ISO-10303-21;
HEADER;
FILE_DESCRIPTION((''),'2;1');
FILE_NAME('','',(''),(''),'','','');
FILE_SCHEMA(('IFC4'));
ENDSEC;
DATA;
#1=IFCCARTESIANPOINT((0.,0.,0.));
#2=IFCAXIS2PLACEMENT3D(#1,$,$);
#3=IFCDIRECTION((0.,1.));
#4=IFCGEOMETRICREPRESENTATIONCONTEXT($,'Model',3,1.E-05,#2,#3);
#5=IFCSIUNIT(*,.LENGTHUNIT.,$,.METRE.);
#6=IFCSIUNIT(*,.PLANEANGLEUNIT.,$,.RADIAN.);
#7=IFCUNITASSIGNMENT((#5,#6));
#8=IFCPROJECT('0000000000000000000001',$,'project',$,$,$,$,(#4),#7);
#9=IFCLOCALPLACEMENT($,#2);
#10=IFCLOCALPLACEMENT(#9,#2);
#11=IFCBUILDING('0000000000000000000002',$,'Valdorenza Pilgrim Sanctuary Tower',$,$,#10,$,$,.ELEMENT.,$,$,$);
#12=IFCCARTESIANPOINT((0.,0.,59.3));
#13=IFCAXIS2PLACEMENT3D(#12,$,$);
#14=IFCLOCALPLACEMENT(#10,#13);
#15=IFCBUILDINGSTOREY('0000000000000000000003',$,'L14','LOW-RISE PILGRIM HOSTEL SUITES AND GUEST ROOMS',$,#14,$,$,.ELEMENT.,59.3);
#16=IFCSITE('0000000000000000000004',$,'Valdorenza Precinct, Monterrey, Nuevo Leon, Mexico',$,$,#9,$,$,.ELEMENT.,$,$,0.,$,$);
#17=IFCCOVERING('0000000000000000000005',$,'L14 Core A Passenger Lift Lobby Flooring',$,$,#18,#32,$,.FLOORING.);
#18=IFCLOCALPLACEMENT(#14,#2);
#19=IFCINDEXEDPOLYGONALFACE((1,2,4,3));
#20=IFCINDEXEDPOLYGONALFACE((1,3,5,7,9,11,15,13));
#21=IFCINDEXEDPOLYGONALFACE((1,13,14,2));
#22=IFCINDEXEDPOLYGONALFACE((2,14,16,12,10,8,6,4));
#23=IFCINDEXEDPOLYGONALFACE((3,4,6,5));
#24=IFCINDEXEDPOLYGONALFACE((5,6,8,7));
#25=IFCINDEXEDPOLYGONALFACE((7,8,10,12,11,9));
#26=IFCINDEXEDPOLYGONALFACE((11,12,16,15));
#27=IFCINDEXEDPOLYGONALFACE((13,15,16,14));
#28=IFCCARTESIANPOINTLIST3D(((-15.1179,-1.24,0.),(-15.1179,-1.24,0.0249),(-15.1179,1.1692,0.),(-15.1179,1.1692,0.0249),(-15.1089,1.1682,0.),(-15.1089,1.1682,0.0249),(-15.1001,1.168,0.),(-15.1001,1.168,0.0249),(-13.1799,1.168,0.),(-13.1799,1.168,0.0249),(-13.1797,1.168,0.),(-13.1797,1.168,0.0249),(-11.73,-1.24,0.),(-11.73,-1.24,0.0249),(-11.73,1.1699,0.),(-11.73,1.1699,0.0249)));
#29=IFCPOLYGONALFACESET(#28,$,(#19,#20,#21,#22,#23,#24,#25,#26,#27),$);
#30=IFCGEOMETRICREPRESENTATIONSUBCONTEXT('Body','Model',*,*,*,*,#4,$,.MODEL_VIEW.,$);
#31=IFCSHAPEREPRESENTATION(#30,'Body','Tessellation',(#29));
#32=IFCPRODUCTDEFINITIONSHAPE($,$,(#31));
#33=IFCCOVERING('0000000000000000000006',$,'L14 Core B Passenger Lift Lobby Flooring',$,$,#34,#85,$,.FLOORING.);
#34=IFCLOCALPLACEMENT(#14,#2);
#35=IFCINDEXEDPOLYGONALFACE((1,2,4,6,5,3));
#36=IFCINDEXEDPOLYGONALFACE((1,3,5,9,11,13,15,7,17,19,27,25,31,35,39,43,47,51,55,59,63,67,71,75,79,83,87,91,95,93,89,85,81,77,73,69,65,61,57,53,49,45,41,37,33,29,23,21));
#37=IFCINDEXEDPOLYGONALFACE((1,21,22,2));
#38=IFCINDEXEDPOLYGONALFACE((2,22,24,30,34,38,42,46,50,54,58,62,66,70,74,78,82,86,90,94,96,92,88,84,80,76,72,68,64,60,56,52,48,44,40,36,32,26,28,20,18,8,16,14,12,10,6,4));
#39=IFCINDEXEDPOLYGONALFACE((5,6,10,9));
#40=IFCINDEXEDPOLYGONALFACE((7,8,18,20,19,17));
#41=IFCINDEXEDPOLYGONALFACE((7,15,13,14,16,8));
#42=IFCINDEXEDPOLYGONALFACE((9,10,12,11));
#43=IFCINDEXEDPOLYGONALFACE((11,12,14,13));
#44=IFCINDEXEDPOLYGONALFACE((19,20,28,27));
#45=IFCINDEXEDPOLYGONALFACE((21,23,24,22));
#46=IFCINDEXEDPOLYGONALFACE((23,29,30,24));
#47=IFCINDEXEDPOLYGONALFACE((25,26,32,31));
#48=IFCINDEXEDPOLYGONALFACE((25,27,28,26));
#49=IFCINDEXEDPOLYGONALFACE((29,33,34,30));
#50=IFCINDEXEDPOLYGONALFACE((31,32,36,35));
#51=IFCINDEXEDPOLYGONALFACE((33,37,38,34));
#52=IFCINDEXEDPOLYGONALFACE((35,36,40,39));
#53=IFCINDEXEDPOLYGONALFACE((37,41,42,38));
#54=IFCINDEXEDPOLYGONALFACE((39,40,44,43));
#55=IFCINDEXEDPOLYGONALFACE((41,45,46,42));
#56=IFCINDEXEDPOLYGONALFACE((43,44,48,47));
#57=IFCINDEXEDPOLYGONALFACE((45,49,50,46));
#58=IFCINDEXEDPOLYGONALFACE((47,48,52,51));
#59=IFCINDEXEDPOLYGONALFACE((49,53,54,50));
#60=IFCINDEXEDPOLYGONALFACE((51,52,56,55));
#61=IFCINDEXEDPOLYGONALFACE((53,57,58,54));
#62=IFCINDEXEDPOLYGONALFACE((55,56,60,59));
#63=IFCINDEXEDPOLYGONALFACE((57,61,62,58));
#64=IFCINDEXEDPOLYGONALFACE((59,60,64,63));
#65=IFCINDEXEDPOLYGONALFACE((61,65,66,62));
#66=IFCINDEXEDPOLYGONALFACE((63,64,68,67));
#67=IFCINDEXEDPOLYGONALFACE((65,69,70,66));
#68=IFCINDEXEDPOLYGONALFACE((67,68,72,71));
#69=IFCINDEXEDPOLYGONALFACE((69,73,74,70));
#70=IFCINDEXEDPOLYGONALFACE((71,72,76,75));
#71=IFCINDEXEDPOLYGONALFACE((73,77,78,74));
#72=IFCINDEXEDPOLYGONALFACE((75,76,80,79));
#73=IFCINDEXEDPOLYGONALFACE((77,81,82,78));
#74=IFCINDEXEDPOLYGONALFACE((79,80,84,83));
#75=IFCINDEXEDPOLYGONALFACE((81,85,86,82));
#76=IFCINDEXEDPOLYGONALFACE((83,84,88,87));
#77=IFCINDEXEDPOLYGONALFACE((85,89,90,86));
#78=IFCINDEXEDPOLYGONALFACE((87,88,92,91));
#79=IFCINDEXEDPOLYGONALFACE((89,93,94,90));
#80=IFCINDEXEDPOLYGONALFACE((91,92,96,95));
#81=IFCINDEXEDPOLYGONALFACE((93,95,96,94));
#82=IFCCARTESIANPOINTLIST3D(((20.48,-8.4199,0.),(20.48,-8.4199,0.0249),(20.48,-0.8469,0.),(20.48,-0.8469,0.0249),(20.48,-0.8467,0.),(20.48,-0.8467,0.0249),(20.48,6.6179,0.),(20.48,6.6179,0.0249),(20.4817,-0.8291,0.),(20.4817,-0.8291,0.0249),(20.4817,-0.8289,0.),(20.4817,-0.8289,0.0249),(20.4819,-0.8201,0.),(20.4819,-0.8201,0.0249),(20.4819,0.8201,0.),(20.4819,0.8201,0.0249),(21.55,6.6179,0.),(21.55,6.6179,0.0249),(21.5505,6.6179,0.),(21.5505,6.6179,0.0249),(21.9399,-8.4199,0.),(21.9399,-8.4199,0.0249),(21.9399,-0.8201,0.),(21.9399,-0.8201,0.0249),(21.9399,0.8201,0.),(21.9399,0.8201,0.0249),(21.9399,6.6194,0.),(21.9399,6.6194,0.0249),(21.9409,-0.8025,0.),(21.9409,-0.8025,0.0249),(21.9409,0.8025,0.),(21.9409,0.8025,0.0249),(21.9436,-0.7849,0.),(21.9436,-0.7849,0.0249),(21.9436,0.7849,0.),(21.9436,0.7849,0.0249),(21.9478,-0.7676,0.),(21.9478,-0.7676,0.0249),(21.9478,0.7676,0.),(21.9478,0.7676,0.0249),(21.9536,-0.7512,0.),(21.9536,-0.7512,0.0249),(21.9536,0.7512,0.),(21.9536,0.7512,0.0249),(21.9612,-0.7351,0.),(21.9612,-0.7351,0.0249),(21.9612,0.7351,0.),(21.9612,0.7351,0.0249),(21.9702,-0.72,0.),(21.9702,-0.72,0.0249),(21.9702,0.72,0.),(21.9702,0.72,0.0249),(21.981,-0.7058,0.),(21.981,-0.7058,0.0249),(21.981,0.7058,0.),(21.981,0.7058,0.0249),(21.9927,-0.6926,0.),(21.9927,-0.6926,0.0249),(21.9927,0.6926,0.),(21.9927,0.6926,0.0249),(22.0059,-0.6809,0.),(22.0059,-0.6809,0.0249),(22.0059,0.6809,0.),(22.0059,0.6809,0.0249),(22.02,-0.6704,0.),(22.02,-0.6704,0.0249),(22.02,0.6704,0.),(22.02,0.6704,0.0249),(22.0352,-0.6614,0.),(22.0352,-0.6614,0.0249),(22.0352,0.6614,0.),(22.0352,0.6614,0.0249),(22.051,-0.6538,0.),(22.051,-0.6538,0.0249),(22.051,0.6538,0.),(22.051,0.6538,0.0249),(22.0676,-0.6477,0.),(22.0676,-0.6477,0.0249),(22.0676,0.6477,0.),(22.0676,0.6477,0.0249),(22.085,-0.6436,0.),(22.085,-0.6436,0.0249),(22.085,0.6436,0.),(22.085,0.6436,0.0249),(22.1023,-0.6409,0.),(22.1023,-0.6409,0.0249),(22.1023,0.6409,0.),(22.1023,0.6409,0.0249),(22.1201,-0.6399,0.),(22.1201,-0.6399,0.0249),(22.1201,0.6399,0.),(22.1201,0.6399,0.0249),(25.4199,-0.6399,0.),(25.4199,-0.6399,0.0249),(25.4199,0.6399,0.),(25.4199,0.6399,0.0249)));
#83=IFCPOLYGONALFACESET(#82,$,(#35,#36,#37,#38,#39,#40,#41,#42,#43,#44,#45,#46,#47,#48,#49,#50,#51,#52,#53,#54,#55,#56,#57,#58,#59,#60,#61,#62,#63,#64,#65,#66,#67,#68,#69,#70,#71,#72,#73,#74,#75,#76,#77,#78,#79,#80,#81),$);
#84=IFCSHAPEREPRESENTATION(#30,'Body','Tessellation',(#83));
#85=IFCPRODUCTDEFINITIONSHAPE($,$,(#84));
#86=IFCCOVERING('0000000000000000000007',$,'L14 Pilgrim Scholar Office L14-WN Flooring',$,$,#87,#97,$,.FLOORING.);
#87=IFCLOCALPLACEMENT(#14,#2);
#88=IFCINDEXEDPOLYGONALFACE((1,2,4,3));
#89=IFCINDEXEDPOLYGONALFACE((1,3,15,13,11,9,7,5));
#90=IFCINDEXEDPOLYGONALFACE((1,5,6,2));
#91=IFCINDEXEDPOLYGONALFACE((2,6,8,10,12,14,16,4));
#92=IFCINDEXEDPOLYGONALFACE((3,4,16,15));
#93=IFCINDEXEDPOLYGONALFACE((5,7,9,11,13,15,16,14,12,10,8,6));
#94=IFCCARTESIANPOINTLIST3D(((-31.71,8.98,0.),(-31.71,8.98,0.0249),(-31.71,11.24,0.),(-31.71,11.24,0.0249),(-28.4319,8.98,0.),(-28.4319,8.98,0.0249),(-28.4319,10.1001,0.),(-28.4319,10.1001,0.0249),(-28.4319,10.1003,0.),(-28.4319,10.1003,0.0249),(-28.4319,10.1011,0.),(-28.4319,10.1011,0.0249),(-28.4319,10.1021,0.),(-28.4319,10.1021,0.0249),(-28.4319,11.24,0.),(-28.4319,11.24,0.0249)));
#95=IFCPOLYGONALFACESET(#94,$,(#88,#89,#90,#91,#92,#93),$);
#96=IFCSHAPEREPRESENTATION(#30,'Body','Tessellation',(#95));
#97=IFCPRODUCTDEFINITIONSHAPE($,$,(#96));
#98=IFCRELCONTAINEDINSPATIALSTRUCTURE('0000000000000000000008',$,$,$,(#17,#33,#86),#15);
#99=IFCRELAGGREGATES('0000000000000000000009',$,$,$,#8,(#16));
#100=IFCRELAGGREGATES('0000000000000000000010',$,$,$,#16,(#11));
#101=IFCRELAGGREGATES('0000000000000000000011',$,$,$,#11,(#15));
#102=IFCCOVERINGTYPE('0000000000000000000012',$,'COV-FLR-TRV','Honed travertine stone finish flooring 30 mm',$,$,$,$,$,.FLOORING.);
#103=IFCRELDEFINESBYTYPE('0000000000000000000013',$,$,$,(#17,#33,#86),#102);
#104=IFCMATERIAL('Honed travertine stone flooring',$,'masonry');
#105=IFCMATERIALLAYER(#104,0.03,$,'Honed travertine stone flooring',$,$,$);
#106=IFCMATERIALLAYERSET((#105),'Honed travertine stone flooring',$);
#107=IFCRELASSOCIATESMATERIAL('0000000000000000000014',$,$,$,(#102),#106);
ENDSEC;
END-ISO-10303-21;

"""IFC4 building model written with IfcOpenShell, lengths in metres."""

from ifc_helpers import new_model, si_unit, direction, frame, origin, place, context, subcontext, project, spatial, polyline, outline, extrude, material, layer, layer_set, type_object, element, save


model = new_model("IFC4")

# Units and contexts
model_context = context("Model", 3, precision=1e-05, world=origin(), true_north=direction((0.0, 1.0)))
body_context = subcontext(model_context, "Body", "Model", "MODEL_VIEW")
ifc_project = project(units=[si_unit("LENGTHUNIT", "METRE"), si_unit("PLANEANGLEUNIT", "RADIAN")], contexts=[model_context])

# Site, building, storey
site_placement = place(None, origin())
site = spatial("IfcSite", under=ifc_project, at=site_placement, Name="Valdorenza Precinct, Monterrey, Nuevo Leon, Mexico", CompositionType="ELEMENT", RefElevation=0.0)
building_placement = place(site_placement, origin())
building = spatial("IfcBuilding", under=site, at=building_placement, Name="Valdorenza Pilgrim Sanctuary Tower", CompositionType="ELEMENT")
storey_placement = place(building_placement, frame((0.0, 0.0, 59.3)))
storey = spatial("IfcBuildingStorey", under=building, at=storey_placement, Name="L14", Description="LOW-RISE PILGRIM HOSTEL SUITES AND GUEST ROOMS", CompositionType="ELEMENT", Elevation=59.3)

# Coverings
ifc_material_1 = material(Name="Honed travertine stone flooring", Category="masonry")
ifc_layer_1 = layer(ifc_material_1, 0.03, Name="Honed travertine stone flooring")
ifc_layer_set_1 = layer_set([ifc_layer_1], Name="Honed travertine stone flooring")
covering_type_1 = type_object("IfcCoveringType", Name="COV-FLR-TRV", Description="Honed travertine stone finish flooring 30 mm", PredefinedType="FLOORING", material=ifc_layer_set_1)
covering_1_placement = place(storey_placement, origin())
element("IfcCovering", 1, at=covering_1_placement, inside=storey, type_object=covering_type_1, Name="L14 Core A Passenger Lift Lobby Flooring", PredefinedType="FLOORING", context=body_context, shape_type="SweptSolid", body=[
    extrude(outline(polyline([(-15.1179, 1.1692), (-15.1089, 1.1682), (-15.1089, 1.1682), (-15.1001, 1.168), (-13.1799, 1.168), (-13.1797, 1.168), (-11.73, 1.1699), (-11.73, -1.24), (-15.1179, -1.24), (-15.1179, 1.1692)])), origin(), (0.0, 0.0, 1.0), 0.0249),
])
covering_2_placement = place(storey_placement, origin())
element("IfcCovering", 2, at=covering_2_placement, inside=storey, type_object=covering_type_1, Name="L14 Core B Passenger Lift Lobby Flooring", PredefinedType="FLOORING", context=body_context, shape_type="SweptSolid", body=[
    extrude(outline(polyline([(20.48, 6.6179), (21.55, 6.6179), (21.5505, 6.6179), (21.9399, 6.6194), (21.9399, 0.8201), (21.9409, 0.8025), (21.9436, 0.7849), (21.9478, 0.7676), (21.9536, 0.7512), (21.9612, 0.7351), (21.9702, 0.72), (21.981, 0.7058), (21.9927, 0.6926), (22.0059, 0.6809), (22.02, 0.6704), (22.0352, 0.6614), (22.051, 0.6538), (22.0676, 0.6477), (22.085, 0.6436), (22.1023, 0.6409), (22.1201, 0.6399), (25.4199, 0.6399), (25.4199, -0.6399), (22.1201, -0.6399), (22.1023, -0.6409), (22.085, -0.6436), (22.0676, -0.6477), (22.051, -0.6538), (22.0352, -0.6614), (22.02, -0.6704), (22.0059, -0.6809), (21.9927, -0.6926), (21.981, -0.7058), (21.9702, -0.72), (21.9612, -0.7351), (21.9536, -0.7512), (21.9478, -0.7676), (21.9436, -0.7849), (21.9409, -0.8025), (21.9399, -0.8201), (21.9399, -8.4199), (20.48, -8.4199), (20.48, -0.8469), (20.48, -0.8467), (20.48, -0.8467), (20.4817, -0.8291), (20.4817, -0.8289), (20.4819, -0.8201), (20.4819, 0.8201), (20.48, 6.6179)])), origin(), (0.0, 0.0, 1.0), 0.0249),
])
covering_3_placement = place(storey_placement, origin())
element("IfcCovering", 3, at=covering_3_placement, inside=storey, type_object=covering_type_1, Name="L14 Pilgrim Scholar Office L14-WN Flooring", PredefinedType="FLOORING", context=body_context, shape_type="SweptSolid", body=[
    extrude(outline(polyline([(-28.4319, 11.24), (-28.4319, 10.1021), (-28.4319, 10.1011), (-28.4319, 10.1003), (-28.4319, 10.1001), (-28.4319, 8.98), (-31.71, 8.98), (-31.71, 11.24), (-28.4319, 11.24)])), origin(), (0.0, 0.0, 1.0), 0.0249),
])

save(model, "model.ifc")
